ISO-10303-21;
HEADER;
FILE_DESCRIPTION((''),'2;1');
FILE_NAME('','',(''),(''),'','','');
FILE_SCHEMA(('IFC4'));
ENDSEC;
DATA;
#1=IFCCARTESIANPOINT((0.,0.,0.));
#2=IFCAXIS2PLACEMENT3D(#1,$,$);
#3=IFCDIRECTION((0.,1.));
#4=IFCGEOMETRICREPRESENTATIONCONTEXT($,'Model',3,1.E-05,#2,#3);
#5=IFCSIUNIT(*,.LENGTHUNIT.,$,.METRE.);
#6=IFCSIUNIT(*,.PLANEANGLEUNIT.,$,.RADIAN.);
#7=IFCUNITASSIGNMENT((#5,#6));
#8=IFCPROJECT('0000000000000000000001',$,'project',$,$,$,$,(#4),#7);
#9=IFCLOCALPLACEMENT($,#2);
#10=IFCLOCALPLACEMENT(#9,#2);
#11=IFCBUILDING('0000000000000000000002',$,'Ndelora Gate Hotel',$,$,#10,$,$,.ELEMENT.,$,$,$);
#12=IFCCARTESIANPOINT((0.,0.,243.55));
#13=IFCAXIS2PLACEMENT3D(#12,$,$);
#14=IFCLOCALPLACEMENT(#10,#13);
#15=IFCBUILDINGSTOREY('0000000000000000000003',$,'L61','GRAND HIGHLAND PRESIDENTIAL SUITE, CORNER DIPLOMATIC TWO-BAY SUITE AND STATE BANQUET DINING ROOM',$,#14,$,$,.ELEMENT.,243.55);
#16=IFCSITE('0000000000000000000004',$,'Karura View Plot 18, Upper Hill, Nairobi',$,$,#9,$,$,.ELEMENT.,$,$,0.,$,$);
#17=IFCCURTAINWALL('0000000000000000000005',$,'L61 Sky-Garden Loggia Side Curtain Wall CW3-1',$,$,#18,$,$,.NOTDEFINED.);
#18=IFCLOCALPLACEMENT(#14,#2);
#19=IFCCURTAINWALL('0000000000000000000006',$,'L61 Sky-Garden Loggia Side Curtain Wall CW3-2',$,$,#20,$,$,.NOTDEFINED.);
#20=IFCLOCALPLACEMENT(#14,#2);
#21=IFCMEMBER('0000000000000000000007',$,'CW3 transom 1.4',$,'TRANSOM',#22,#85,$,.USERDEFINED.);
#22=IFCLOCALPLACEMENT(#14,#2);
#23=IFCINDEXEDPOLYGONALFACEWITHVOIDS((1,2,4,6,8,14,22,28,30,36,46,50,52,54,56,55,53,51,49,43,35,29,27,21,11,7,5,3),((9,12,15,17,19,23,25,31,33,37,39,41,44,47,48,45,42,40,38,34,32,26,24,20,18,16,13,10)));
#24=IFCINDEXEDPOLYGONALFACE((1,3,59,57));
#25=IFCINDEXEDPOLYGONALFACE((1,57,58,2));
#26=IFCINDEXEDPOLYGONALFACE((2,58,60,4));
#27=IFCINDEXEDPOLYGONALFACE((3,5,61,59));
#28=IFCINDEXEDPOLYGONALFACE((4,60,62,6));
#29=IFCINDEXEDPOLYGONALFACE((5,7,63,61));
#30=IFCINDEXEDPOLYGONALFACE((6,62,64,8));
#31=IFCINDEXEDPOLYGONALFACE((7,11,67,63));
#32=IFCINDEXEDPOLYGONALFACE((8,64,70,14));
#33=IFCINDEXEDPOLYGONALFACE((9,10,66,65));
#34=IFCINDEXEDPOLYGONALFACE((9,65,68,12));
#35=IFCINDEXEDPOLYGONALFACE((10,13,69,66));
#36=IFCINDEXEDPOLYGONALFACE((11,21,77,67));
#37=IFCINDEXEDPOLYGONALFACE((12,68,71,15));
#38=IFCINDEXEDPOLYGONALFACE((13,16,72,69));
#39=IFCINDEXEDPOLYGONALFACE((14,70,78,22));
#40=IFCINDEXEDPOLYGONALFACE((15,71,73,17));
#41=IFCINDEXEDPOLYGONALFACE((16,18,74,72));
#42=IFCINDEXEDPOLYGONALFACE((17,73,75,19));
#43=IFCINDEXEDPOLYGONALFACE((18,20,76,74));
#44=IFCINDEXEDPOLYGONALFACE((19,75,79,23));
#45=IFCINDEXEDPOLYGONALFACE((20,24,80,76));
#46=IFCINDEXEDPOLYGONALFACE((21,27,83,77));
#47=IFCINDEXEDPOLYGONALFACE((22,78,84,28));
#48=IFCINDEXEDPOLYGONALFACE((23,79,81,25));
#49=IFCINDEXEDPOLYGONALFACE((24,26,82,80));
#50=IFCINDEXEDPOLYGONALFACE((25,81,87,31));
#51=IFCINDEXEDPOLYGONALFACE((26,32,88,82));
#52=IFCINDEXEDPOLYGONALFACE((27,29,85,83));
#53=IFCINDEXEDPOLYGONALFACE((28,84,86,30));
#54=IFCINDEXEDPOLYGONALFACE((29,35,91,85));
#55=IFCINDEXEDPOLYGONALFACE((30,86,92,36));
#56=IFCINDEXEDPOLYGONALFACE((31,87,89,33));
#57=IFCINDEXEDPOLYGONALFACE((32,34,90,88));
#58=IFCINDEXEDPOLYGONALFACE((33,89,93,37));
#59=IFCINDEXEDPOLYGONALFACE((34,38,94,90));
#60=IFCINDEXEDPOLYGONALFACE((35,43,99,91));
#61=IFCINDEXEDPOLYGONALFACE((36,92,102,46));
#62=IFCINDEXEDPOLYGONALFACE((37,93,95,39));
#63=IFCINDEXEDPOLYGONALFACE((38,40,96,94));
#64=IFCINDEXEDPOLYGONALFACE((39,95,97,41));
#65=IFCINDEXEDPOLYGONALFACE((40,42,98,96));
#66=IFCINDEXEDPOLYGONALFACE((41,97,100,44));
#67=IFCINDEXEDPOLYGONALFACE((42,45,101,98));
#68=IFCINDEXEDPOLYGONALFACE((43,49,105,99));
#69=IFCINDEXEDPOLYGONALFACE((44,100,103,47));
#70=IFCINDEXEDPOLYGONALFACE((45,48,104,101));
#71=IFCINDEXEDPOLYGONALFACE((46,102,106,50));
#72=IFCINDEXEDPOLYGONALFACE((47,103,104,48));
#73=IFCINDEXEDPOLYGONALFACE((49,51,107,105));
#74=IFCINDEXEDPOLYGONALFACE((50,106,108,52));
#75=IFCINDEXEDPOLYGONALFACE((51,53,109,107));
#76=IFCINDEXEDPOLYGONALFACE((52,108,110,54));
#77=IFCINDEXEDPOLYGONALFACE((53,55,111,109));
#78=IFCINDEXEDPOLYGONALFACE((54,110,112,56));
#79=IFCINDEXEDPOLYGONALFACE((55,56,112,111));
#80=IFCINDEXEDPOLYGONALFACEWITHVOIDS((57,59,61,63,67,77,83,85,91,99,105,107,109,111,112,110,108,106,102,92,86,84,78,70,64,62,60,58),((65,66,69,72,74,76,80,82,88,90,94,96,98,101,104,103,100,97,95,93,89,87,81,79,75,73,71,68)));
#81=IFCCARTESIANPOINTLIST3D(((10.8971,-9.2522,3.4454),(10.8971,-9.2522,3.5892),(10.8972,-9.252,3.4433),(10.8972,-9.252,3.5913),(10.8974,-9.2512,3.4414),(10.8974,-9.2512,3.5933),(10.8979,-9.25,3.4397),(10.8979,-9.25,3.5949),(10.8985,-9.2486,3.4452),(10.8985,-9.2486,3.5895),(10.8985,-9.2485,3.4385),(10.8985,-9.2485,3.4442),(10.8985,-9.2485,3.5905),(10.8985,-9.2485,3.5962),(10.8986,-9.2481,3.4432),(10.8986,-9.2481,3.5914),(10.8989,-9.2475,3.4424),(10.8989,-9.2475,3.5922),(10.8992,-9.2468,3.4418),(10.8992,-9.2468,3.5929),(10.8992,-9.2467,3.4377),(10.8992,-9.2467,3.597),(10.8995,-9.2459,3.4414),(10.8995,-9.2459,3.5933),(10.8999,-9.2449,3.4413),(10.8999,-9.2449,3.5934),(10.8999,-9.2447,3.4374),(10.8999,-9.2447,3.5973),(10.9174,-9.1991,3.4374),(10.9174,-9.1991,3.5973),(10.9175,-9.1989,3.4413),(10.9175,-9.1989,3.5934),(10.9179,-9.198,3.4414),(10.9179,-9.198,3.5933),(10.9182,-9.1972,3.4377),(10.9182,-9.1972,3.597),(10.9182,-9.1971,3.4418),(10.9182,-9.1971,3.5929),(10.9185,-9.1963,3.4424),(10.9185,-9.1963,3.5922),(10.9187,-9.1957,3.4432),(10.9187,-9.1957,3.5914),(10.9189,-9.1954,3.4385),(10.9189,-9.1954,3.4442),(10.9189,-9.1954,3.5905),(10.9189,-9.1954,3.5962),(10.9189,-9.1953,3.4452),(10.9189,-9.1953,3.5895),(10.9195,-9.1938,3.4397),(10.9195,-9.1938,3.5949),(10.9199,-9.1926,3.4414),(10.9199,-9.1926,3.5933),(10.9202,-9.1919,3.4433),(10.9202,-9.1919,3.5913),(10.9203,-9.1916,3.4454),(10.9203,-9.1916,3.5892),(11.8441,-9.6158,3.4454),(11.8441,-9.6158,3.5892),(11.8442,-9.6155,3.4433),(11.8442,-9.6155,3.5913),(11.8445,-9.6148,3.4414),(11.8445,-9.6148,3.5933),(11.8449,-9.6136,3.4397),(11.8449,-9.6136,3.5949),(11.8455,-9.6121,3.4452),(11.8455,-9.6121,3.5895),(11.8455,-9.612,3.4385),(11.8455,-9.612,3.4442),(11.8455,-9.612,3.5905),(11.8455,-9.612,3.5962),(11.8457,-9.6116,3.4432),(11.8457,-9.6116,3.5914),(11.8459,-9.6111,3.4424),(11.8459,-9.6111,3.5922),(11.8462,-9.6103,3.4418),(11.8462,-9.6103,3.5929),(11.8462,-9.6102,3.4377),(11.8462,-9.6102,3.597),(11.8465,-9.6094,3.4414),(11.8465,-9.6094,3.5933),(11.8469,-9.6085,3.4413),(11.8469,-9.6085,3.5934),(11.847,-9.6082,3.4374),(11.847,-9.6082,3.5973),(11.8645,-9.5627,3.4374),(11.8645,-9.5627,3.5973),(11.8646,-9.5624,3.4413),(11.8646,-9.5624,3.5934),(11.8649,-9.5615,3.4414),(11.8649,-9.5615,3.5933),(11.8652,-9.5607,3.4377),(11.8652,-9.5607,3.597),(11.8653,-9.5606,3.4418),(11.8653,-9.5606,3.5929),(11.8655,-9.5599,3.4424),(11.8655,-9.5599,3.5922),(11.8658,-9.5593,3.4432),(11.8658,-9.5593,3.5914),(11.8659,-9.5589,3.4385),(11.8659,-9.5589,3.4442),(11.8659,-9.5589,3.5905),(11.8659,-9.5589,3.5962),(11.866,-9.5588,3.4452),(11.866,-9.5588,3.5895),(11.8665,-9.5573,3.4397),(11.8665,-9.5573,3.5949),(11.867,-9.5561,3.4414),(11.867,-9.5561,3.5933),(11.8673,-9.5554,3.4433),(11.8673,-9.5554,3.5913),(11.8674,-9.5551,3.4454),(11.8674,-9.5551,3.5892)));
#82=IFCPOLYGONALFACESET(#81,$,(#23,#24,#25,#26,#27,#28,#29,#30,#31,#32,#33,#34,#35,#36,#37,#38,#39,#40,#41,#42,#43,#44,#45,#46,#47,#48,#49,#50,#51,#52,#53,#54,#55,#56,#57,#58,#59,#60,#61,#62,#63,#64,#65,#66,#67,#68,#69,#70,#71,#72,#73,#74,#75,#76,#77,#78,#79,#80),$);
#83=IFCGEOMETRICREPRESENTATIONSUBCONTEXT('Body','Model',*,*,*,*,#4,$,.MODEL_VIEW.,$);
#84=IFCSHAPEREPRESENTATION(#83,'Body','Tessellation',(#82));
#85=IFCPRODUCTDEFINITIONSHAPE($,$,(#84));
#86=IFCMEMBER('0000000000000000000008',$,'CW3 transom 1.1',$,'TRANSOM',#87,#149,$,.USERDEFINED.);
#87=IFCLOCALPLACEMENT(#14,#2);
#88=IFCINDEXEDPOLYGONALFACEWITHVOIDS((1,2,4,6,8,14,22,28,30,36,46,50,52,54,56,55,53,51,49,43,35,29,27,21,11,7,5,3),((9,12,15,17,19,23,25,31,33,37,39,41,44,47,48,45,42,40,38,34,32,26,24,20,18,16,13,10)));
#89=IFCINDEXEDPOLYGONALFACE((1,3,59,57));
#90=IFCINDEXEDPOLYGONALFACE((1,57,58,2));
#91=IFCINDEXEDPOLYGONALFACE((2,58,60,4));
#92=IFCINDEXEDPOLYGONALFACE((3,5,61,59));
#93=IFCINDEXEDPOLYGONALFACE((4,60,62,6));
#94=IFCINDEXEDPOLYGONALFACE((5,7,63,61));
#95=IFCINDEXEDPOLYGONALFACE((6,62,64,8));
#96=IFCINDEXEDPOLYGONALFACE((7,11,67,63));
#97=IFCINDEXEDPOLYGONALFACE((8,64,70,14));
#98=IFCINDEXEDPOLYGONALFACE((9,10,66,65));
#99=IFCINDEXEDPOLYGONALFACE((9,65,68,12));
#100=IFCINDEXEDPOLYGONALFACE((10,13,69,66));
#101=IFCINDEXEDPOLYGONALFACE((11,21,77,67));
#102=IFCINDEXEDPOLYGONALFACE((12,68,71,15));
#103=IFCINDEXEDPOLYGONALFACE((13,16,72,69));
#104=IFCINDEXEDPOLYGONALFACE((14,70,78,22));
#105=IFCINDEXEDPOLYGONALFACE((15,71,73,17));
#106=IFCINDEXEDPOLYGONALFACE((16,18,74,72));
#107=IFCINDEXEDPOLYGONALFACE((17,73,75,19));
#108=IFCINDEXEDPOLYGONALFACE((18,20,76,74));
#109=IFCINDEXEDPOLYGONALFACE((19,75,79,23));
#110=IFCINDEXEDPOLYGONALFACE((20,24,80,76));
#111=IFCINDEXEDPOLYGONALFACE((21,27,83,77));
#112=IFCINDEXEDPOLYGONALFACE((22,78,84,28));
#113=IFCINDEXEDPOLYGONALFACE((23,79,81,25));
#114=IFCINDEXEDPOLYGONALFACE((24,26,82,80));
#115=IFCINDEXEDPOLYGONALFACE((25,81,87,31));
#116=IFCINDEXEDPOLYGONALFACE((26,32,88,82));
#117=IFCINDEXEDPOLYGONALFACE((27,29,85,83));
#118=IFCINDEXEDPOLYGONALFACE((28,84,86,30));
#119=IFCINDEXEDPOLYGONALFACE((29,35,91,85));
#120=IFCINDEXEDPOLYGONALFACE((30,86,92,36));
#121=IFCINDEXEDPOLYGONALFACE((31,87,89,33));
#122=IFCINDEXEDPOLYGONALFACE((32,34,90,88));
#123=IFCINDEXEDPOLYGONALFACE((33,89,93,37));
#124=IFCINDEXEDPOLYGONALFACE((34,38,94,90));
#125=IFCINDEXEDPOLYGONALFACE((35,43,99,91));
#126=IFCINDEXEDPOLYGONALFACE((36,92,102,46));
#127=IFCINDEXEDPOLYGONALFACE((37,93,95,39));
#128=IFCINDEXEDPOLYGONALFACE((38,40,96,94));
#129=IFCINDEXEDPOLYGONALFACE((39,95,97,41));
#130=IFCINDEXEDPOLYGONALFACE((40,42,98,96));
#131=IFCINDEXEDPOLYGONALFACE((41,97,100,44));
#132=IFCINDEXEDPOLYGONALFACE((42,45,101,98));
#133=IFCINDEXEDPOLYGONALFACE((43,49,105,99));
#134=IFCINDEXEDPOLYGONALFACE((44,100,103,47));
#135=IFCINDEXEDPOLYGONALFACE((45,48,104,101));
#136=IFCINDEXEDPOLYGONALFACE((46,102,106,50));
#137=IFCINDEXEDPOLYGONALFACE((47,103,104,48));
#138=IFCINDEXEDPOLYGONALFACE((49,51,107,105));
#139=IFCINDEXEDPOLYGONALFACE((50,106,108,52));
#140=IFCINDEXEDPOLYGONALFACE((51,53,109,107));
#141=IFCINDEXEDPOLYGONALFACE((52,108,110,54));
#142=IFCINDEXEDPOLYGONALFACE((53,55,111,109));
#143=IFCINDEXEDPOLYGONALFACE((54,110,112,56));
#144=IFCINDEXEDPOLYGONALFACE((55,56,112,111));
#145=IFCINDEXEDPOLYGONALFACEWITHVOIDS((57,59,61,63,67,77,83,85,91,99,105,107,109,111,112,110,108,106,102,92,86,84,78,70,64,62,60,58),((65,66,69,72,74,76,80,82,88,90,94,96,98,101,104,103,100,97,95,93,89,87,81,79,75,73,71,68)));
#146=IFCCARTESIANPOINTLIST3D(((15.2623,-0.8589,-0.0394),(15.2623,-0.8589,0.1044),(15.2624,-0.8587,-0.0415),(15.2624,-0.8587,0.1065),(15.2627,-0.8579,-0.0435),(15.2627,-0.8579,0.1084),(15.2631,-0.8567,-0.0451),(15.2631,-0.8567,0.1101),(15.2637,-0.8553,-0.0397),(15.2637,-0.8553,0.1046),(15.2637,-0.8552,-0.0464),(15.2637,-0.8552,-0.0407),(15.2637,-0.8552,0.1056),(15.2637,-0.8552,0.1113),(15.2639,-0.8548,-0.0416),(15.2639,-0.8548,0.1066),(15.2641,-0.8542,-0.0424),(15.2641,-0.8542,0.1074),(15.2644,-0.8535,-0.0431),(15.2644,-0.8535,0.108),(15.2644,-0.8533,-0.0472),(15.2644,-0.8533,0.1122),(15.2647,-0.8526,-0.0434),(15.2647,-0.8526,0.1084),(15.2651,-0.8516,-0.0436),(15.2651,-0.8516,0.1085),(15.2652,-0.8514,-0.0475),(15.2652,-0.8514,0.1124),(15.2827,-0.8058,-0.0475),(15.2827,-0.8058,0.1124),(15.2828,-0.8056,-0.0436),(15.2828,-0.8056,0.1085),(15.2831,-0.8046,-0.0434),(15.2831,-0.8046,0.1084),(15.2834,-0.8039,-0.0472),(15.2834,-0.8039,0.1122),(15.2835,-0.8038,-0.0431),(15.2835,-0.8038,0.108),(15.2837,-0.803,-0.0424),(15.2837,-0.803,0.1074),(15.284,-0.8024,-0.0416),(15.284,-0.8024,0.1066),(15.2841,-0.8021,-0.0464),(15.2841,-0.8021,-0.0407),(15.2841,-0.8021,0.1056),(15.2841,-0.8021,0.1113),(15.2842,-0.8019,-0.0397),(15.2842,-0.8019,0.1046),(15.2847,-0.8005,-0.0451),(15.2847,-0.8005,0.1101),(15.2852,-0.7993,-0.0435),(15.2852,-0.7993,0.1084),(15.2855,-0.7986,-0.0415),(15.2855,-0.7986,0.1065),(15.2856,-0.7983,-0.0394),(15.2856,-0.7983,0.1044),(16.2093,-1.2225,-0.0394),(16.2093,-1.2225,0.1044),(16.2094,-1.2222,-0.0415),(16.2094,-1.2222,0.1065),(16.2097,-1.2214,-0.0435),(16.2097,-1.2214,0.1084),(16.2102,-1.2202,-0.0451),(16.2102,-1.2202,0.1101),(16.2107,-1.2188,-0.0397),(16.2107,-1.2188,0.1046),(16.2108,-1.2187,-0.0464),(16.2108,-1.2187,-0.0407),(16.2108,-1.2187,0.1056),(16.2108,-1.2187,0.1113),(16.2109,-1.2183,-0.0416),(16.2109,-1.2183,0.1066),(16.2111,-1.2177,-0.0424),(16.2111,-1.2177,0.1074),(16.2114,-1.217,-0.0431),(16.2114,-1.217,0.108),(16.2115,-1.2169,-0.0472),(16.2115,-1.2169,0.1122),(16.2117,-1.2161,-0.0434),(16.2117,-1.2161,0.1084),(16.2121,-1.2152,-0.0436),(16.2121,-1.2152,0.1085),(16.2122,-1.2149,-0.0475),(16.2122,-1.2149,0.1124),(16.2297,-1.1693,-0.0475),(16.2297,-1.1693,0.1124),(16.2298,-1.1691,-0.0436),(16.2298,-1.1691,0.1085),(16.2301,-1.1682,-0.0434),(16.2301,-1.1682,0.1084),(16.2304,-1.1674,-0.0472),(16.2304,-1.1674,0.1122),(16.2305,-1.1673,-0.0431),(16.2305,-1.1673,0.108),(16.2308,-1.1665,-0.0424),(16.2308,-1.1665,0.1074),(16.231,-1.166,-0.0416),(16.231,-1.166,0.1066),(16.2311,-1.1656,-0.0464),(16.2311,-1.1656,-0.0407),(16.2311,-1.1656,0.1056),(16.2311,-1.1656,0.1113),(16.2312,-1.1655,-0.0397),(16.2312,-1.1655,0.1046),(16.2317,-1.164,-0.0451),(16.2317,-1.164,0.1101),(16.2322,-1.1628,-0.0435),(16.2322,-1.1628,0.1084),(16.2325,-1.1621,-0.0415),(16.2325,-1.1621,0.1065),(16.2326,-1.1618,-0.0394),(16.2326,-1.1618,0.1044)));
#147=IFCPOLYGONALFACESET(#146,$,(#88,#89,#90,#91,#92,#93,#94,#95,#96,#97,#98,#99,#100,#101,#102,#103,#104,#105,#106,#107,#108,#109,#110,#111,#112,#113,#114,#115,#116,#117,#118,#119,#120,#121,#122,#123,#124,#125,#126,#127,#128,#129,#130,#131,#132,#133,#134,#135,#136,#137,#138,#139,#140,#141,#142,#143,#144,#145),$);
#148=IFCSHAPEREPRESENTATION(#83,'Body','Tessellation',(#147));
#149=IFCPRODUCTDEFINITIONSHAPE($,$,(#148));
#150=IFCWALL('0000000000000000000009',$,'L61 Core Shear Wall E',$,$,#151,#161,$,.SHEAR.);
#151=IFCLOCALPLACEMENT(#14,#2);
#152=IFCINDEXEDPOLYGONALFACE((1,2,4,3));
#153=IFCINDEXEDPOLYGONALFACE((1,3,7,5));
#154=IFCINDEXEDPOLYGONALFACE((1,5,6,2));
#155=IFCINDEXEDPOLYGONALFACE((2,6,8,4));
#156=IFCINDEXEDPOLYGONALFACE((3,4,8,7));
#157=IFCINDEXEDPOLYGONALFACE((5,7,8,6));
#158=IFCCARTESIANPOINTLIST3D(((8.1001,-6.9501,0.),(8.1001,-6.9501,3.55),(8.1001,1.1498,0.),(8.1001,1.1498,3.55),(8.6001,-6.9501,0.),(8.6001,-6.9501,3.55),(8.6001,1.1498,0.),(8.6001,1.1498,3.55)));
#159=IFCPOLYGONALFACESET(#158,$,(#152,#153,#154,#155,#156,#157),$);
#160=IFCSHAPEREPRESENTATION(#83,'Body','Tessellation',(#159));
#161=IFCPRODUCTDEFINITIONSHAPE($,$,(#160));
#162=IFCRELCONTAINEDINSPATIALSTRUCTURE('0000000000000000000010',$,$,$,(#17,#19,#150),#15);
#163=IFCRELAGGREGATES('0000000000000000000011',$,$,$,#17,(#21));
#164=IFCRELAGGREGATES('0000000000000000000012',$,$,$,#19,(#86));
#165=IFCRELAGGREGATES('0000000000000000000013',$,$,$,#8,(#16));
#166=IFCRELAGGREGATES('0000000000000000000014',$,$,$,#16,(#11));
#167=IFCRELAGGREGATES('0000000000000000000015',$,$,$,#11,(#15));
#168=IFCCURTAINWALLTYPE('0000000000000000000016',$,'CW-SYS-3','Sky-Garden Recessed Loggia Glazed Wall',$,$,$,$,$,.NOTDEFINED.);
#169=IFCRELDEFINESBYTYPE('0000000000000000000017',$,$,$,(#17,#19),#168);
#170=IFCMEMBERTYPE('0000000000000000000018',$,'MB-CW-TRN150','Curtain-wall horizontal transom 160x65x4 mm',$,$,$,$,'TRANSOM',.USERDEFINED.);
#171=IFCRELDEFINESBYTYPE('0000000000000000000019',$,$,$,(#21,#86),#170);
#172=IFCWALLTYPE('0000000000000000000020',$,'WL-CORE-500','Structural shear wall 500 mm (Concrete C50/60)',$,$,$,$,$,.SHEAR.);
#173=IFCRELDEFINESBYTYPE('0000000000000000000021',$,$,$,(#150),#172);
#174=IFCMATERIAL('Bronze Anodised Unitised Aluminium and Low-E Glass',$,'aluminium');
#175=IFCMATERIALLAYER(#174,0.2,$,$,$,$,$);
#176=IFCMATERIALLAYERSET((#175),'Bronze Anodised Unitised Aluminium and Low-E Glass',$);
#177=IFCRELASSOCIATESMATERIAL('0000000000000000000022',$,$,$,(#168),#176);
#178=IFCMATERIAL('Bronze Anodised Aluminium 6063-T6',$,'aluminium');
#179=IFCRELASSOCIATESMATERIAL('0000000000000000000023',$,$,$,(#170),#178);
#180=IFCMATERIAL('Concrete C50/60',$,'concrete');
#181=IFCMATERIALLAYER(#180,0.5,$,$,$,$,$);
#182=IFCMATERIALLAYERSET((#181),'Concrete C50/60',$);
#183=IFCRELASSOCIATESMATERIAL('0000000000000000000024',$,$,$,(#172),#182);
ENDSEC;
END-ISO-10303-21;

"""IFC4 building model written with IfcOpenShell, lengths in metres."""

from ifc_helpers import new_model, si_unit, direction, frame, frame_2d, origin, origin_2d, place, context, subcontext, project, spatial, rectangle, hollow_rectangle, extrude, material, layer, layer_set, material_profile, profile_set, type_object, element, aggregate, save


model = new_model("IFC4")

# Units and contexts
model_context = context("Model", 3, precision=1e-05, world=origin(), true_north=direction((0.0, 1.0)))
body_context = subcontext(model_context, "Body", "Model", "MODEL_VIEW")
ifc_project = project(units=[si_unit("LENGTHUNIT", "METRE"), si_unit("PLANEANGLEUNIT", "RADIAN")], contexts=[model_context])

# Site, building, storey
site_placement = place(None, origin())
site = spatial("IfcSite", under=ifc_project, at=site_placement, Name="Karura View Plot 18, Upper Hill, Nairobi", CompositionType="ELEMENT", RefElevation=0.0)
building_placement = place(site_placement, origin())
building = spatial("IfcBuilding", under=site, at=building_placement, Name="Ndelora Gate Hotel", CompositionType="ELEMENT")
storey_placement = place(building_placement, frame((0.0, 0.0, 243.55)))
storey = spatial("IfcBuildingStorey", under=building, at=storey_placement, Name="L61", Description="GRAND HIGHLAND PRESIDENTIAL SUITE, CORNER DIPLOMATIC TWO-BAY SUITE AND STATE BANQUET DINING ROOM", CompositionType="ELEMENT", Elevation=243.55)

# Shared definitions
ifc_material_1 = material(Name="Concrete C50/60", Category="concrete")

# Curtain wall
ifc_material_2 = material(Name="Bronze Anodised Unitised Aluminium and Low-E Glass", Category="aluminium")
ifc_layer_1 = layer(ifc_material_2, 0.2)
ifc_layer_set_1 = layer_set([ifc_layer_1], Name="Bronze Anodised Unitised Aluminium and Low-E Glass")
curtain_wall_type = type_object("IfcCurtainWallType", Name="CW-SYS-3", Description="Sky-Garden Recessed Loggia Glazed Wall", PredefinedType="NOTDEFINED", material=ifc_layer_set_1)
curtain_wall_1_placement = place(storey_placement, origin())
curtain_wall_1 = element("IfcCurtainWall", 1, at=curtain_wall_1_placement, inside=storey, type_object=curtain_wall_type, Name="L61 Sky-Garden Loggia Side Curtain Wall CW3-1", PredefinedType="NOTDEFINED")
ifc_material_3 = material(Name="Bronze Anodised Aluminium 6063-T6", Category="aluminium")

# Curtain wall
curtain_wall_2_placement = place(storey_placement, origin())
curtain_wall_2 = element("IfcCurtainWall", 2, at=curtain_wall_2_placement, inside=storey, type_object=curtain_wall_type, Name="L61 Sky-Garden Loggia Side Curtain Wall CW3-2", PredefinedType="NOTDEFINED")

# Members
ifc_material_profile_1 = material_profile(ifc_material_3, hollow_rectangle(XDim=0.0649, YDim=0.1599, WallThickness=0.0039, InnerFilletRadius=0.0039, OuterFilletRadius=0.0081, at=origin_2d()), Name="ALU 160x65x4")
ifc_profile_set_1 = profile_set([ifc_material_profile_1], Name="Bronze Anodised Aluminium 6063-T6")
member_type_1 = type_object("IfcMemberType", Name="MB-CW-TRN150", Description="Curtain-wall horizontal transom 160x65x4 mm", ElementType="TRANSOM", PredefinedType="USERDEFINED", material=ifc_profile_set_1)
member_1_placement = place(storey_placement, frame((10.9087, -9.2219, 3.5173), z_axis=(0.933581, -0.358366, 0.0), x_axis=(0.358366, 0.933581, 0.0)))
member_1 = element("IfcMember", 3, at=member_1_placement, type_object=member_type_1, Name="CW3 transom 1.4", ObjectType="TRANSOM", PredefinedType="USERDEFINED", context=body_context, shape_type="SweptSolid", body=[
    extrude(hollow_rectangle(XDim=0.0649, YDim=0.1599, WallThickness=0.0039, InnerFilletRadius=0.0039, OuterFilletRadius=0.0081, at=origin_2d()), origin(), (0.0, 0.0, 1.0), 1.0144),
])
aggregate(curtain_wall_1, [member_1])
member_2_placement = place(storey_placement, frame((16.2209, -1.1921, 0.0325), z_axis=(-0.933581, 0.358366, 0.0), x_axis=(-0.358366, -0.933581, 0.0)))
member_2 = element("IfcMember", 4, at=member_2_placement, type_object=member_type_1, Name="CW3 transom 1.1", ObjectType="TRANSOM", PredefinedType="USERDEFINED", context=body_context, shape_type="SweptSolid", body=[
    extrude(hollow_rectangle(XDim=0.0649, YDim=0.1599, WallThickness=0.0039, InnerFilletRadius=0.0039, OuterFilletRadius=0.0081, at=origin_2d()), origin(), (0.0, 0.0, 1.0), 1.0144),
])
aggregate(curtain_wall_2, [member_2])

# Wall
ifc_layer_2 = layer(ifc_material_1, 0.5)
ifc_layer_set_2 = layer_set([ifc_layer_2], Name="Concrete C50/60")
wall_type_1 = type_object("IfcWallType", Name="WL-CORE-500", Description="Structural shear wall 500 mm (Concrete C50/60)", PredefinedType="SHEAR", material=ifc_layer_set_2)
wall_1_placement = place(storey_placement, frame((8.3501, -6.95, 0.0), z_axis=(0.0, 0.0, 1.0), x_axis=(0.0, 1.0, 0.0)))
element("IfcWall", 5, at=wall_1_placement, inside=storey, type_object=wall_type_1, Name="L61 Core Shear Wall E", PredefinedType="SHEAR", context=body_context, shape_type="SweptSolid", body=[
    extrude(rectangle(XDim=8.0999, YDim=0.5, at=frame_2d((4.0498, 0.0))), origin(), (0.0, 0.0, 1.0), 3.55),
])

save(model, "model.ifc")
